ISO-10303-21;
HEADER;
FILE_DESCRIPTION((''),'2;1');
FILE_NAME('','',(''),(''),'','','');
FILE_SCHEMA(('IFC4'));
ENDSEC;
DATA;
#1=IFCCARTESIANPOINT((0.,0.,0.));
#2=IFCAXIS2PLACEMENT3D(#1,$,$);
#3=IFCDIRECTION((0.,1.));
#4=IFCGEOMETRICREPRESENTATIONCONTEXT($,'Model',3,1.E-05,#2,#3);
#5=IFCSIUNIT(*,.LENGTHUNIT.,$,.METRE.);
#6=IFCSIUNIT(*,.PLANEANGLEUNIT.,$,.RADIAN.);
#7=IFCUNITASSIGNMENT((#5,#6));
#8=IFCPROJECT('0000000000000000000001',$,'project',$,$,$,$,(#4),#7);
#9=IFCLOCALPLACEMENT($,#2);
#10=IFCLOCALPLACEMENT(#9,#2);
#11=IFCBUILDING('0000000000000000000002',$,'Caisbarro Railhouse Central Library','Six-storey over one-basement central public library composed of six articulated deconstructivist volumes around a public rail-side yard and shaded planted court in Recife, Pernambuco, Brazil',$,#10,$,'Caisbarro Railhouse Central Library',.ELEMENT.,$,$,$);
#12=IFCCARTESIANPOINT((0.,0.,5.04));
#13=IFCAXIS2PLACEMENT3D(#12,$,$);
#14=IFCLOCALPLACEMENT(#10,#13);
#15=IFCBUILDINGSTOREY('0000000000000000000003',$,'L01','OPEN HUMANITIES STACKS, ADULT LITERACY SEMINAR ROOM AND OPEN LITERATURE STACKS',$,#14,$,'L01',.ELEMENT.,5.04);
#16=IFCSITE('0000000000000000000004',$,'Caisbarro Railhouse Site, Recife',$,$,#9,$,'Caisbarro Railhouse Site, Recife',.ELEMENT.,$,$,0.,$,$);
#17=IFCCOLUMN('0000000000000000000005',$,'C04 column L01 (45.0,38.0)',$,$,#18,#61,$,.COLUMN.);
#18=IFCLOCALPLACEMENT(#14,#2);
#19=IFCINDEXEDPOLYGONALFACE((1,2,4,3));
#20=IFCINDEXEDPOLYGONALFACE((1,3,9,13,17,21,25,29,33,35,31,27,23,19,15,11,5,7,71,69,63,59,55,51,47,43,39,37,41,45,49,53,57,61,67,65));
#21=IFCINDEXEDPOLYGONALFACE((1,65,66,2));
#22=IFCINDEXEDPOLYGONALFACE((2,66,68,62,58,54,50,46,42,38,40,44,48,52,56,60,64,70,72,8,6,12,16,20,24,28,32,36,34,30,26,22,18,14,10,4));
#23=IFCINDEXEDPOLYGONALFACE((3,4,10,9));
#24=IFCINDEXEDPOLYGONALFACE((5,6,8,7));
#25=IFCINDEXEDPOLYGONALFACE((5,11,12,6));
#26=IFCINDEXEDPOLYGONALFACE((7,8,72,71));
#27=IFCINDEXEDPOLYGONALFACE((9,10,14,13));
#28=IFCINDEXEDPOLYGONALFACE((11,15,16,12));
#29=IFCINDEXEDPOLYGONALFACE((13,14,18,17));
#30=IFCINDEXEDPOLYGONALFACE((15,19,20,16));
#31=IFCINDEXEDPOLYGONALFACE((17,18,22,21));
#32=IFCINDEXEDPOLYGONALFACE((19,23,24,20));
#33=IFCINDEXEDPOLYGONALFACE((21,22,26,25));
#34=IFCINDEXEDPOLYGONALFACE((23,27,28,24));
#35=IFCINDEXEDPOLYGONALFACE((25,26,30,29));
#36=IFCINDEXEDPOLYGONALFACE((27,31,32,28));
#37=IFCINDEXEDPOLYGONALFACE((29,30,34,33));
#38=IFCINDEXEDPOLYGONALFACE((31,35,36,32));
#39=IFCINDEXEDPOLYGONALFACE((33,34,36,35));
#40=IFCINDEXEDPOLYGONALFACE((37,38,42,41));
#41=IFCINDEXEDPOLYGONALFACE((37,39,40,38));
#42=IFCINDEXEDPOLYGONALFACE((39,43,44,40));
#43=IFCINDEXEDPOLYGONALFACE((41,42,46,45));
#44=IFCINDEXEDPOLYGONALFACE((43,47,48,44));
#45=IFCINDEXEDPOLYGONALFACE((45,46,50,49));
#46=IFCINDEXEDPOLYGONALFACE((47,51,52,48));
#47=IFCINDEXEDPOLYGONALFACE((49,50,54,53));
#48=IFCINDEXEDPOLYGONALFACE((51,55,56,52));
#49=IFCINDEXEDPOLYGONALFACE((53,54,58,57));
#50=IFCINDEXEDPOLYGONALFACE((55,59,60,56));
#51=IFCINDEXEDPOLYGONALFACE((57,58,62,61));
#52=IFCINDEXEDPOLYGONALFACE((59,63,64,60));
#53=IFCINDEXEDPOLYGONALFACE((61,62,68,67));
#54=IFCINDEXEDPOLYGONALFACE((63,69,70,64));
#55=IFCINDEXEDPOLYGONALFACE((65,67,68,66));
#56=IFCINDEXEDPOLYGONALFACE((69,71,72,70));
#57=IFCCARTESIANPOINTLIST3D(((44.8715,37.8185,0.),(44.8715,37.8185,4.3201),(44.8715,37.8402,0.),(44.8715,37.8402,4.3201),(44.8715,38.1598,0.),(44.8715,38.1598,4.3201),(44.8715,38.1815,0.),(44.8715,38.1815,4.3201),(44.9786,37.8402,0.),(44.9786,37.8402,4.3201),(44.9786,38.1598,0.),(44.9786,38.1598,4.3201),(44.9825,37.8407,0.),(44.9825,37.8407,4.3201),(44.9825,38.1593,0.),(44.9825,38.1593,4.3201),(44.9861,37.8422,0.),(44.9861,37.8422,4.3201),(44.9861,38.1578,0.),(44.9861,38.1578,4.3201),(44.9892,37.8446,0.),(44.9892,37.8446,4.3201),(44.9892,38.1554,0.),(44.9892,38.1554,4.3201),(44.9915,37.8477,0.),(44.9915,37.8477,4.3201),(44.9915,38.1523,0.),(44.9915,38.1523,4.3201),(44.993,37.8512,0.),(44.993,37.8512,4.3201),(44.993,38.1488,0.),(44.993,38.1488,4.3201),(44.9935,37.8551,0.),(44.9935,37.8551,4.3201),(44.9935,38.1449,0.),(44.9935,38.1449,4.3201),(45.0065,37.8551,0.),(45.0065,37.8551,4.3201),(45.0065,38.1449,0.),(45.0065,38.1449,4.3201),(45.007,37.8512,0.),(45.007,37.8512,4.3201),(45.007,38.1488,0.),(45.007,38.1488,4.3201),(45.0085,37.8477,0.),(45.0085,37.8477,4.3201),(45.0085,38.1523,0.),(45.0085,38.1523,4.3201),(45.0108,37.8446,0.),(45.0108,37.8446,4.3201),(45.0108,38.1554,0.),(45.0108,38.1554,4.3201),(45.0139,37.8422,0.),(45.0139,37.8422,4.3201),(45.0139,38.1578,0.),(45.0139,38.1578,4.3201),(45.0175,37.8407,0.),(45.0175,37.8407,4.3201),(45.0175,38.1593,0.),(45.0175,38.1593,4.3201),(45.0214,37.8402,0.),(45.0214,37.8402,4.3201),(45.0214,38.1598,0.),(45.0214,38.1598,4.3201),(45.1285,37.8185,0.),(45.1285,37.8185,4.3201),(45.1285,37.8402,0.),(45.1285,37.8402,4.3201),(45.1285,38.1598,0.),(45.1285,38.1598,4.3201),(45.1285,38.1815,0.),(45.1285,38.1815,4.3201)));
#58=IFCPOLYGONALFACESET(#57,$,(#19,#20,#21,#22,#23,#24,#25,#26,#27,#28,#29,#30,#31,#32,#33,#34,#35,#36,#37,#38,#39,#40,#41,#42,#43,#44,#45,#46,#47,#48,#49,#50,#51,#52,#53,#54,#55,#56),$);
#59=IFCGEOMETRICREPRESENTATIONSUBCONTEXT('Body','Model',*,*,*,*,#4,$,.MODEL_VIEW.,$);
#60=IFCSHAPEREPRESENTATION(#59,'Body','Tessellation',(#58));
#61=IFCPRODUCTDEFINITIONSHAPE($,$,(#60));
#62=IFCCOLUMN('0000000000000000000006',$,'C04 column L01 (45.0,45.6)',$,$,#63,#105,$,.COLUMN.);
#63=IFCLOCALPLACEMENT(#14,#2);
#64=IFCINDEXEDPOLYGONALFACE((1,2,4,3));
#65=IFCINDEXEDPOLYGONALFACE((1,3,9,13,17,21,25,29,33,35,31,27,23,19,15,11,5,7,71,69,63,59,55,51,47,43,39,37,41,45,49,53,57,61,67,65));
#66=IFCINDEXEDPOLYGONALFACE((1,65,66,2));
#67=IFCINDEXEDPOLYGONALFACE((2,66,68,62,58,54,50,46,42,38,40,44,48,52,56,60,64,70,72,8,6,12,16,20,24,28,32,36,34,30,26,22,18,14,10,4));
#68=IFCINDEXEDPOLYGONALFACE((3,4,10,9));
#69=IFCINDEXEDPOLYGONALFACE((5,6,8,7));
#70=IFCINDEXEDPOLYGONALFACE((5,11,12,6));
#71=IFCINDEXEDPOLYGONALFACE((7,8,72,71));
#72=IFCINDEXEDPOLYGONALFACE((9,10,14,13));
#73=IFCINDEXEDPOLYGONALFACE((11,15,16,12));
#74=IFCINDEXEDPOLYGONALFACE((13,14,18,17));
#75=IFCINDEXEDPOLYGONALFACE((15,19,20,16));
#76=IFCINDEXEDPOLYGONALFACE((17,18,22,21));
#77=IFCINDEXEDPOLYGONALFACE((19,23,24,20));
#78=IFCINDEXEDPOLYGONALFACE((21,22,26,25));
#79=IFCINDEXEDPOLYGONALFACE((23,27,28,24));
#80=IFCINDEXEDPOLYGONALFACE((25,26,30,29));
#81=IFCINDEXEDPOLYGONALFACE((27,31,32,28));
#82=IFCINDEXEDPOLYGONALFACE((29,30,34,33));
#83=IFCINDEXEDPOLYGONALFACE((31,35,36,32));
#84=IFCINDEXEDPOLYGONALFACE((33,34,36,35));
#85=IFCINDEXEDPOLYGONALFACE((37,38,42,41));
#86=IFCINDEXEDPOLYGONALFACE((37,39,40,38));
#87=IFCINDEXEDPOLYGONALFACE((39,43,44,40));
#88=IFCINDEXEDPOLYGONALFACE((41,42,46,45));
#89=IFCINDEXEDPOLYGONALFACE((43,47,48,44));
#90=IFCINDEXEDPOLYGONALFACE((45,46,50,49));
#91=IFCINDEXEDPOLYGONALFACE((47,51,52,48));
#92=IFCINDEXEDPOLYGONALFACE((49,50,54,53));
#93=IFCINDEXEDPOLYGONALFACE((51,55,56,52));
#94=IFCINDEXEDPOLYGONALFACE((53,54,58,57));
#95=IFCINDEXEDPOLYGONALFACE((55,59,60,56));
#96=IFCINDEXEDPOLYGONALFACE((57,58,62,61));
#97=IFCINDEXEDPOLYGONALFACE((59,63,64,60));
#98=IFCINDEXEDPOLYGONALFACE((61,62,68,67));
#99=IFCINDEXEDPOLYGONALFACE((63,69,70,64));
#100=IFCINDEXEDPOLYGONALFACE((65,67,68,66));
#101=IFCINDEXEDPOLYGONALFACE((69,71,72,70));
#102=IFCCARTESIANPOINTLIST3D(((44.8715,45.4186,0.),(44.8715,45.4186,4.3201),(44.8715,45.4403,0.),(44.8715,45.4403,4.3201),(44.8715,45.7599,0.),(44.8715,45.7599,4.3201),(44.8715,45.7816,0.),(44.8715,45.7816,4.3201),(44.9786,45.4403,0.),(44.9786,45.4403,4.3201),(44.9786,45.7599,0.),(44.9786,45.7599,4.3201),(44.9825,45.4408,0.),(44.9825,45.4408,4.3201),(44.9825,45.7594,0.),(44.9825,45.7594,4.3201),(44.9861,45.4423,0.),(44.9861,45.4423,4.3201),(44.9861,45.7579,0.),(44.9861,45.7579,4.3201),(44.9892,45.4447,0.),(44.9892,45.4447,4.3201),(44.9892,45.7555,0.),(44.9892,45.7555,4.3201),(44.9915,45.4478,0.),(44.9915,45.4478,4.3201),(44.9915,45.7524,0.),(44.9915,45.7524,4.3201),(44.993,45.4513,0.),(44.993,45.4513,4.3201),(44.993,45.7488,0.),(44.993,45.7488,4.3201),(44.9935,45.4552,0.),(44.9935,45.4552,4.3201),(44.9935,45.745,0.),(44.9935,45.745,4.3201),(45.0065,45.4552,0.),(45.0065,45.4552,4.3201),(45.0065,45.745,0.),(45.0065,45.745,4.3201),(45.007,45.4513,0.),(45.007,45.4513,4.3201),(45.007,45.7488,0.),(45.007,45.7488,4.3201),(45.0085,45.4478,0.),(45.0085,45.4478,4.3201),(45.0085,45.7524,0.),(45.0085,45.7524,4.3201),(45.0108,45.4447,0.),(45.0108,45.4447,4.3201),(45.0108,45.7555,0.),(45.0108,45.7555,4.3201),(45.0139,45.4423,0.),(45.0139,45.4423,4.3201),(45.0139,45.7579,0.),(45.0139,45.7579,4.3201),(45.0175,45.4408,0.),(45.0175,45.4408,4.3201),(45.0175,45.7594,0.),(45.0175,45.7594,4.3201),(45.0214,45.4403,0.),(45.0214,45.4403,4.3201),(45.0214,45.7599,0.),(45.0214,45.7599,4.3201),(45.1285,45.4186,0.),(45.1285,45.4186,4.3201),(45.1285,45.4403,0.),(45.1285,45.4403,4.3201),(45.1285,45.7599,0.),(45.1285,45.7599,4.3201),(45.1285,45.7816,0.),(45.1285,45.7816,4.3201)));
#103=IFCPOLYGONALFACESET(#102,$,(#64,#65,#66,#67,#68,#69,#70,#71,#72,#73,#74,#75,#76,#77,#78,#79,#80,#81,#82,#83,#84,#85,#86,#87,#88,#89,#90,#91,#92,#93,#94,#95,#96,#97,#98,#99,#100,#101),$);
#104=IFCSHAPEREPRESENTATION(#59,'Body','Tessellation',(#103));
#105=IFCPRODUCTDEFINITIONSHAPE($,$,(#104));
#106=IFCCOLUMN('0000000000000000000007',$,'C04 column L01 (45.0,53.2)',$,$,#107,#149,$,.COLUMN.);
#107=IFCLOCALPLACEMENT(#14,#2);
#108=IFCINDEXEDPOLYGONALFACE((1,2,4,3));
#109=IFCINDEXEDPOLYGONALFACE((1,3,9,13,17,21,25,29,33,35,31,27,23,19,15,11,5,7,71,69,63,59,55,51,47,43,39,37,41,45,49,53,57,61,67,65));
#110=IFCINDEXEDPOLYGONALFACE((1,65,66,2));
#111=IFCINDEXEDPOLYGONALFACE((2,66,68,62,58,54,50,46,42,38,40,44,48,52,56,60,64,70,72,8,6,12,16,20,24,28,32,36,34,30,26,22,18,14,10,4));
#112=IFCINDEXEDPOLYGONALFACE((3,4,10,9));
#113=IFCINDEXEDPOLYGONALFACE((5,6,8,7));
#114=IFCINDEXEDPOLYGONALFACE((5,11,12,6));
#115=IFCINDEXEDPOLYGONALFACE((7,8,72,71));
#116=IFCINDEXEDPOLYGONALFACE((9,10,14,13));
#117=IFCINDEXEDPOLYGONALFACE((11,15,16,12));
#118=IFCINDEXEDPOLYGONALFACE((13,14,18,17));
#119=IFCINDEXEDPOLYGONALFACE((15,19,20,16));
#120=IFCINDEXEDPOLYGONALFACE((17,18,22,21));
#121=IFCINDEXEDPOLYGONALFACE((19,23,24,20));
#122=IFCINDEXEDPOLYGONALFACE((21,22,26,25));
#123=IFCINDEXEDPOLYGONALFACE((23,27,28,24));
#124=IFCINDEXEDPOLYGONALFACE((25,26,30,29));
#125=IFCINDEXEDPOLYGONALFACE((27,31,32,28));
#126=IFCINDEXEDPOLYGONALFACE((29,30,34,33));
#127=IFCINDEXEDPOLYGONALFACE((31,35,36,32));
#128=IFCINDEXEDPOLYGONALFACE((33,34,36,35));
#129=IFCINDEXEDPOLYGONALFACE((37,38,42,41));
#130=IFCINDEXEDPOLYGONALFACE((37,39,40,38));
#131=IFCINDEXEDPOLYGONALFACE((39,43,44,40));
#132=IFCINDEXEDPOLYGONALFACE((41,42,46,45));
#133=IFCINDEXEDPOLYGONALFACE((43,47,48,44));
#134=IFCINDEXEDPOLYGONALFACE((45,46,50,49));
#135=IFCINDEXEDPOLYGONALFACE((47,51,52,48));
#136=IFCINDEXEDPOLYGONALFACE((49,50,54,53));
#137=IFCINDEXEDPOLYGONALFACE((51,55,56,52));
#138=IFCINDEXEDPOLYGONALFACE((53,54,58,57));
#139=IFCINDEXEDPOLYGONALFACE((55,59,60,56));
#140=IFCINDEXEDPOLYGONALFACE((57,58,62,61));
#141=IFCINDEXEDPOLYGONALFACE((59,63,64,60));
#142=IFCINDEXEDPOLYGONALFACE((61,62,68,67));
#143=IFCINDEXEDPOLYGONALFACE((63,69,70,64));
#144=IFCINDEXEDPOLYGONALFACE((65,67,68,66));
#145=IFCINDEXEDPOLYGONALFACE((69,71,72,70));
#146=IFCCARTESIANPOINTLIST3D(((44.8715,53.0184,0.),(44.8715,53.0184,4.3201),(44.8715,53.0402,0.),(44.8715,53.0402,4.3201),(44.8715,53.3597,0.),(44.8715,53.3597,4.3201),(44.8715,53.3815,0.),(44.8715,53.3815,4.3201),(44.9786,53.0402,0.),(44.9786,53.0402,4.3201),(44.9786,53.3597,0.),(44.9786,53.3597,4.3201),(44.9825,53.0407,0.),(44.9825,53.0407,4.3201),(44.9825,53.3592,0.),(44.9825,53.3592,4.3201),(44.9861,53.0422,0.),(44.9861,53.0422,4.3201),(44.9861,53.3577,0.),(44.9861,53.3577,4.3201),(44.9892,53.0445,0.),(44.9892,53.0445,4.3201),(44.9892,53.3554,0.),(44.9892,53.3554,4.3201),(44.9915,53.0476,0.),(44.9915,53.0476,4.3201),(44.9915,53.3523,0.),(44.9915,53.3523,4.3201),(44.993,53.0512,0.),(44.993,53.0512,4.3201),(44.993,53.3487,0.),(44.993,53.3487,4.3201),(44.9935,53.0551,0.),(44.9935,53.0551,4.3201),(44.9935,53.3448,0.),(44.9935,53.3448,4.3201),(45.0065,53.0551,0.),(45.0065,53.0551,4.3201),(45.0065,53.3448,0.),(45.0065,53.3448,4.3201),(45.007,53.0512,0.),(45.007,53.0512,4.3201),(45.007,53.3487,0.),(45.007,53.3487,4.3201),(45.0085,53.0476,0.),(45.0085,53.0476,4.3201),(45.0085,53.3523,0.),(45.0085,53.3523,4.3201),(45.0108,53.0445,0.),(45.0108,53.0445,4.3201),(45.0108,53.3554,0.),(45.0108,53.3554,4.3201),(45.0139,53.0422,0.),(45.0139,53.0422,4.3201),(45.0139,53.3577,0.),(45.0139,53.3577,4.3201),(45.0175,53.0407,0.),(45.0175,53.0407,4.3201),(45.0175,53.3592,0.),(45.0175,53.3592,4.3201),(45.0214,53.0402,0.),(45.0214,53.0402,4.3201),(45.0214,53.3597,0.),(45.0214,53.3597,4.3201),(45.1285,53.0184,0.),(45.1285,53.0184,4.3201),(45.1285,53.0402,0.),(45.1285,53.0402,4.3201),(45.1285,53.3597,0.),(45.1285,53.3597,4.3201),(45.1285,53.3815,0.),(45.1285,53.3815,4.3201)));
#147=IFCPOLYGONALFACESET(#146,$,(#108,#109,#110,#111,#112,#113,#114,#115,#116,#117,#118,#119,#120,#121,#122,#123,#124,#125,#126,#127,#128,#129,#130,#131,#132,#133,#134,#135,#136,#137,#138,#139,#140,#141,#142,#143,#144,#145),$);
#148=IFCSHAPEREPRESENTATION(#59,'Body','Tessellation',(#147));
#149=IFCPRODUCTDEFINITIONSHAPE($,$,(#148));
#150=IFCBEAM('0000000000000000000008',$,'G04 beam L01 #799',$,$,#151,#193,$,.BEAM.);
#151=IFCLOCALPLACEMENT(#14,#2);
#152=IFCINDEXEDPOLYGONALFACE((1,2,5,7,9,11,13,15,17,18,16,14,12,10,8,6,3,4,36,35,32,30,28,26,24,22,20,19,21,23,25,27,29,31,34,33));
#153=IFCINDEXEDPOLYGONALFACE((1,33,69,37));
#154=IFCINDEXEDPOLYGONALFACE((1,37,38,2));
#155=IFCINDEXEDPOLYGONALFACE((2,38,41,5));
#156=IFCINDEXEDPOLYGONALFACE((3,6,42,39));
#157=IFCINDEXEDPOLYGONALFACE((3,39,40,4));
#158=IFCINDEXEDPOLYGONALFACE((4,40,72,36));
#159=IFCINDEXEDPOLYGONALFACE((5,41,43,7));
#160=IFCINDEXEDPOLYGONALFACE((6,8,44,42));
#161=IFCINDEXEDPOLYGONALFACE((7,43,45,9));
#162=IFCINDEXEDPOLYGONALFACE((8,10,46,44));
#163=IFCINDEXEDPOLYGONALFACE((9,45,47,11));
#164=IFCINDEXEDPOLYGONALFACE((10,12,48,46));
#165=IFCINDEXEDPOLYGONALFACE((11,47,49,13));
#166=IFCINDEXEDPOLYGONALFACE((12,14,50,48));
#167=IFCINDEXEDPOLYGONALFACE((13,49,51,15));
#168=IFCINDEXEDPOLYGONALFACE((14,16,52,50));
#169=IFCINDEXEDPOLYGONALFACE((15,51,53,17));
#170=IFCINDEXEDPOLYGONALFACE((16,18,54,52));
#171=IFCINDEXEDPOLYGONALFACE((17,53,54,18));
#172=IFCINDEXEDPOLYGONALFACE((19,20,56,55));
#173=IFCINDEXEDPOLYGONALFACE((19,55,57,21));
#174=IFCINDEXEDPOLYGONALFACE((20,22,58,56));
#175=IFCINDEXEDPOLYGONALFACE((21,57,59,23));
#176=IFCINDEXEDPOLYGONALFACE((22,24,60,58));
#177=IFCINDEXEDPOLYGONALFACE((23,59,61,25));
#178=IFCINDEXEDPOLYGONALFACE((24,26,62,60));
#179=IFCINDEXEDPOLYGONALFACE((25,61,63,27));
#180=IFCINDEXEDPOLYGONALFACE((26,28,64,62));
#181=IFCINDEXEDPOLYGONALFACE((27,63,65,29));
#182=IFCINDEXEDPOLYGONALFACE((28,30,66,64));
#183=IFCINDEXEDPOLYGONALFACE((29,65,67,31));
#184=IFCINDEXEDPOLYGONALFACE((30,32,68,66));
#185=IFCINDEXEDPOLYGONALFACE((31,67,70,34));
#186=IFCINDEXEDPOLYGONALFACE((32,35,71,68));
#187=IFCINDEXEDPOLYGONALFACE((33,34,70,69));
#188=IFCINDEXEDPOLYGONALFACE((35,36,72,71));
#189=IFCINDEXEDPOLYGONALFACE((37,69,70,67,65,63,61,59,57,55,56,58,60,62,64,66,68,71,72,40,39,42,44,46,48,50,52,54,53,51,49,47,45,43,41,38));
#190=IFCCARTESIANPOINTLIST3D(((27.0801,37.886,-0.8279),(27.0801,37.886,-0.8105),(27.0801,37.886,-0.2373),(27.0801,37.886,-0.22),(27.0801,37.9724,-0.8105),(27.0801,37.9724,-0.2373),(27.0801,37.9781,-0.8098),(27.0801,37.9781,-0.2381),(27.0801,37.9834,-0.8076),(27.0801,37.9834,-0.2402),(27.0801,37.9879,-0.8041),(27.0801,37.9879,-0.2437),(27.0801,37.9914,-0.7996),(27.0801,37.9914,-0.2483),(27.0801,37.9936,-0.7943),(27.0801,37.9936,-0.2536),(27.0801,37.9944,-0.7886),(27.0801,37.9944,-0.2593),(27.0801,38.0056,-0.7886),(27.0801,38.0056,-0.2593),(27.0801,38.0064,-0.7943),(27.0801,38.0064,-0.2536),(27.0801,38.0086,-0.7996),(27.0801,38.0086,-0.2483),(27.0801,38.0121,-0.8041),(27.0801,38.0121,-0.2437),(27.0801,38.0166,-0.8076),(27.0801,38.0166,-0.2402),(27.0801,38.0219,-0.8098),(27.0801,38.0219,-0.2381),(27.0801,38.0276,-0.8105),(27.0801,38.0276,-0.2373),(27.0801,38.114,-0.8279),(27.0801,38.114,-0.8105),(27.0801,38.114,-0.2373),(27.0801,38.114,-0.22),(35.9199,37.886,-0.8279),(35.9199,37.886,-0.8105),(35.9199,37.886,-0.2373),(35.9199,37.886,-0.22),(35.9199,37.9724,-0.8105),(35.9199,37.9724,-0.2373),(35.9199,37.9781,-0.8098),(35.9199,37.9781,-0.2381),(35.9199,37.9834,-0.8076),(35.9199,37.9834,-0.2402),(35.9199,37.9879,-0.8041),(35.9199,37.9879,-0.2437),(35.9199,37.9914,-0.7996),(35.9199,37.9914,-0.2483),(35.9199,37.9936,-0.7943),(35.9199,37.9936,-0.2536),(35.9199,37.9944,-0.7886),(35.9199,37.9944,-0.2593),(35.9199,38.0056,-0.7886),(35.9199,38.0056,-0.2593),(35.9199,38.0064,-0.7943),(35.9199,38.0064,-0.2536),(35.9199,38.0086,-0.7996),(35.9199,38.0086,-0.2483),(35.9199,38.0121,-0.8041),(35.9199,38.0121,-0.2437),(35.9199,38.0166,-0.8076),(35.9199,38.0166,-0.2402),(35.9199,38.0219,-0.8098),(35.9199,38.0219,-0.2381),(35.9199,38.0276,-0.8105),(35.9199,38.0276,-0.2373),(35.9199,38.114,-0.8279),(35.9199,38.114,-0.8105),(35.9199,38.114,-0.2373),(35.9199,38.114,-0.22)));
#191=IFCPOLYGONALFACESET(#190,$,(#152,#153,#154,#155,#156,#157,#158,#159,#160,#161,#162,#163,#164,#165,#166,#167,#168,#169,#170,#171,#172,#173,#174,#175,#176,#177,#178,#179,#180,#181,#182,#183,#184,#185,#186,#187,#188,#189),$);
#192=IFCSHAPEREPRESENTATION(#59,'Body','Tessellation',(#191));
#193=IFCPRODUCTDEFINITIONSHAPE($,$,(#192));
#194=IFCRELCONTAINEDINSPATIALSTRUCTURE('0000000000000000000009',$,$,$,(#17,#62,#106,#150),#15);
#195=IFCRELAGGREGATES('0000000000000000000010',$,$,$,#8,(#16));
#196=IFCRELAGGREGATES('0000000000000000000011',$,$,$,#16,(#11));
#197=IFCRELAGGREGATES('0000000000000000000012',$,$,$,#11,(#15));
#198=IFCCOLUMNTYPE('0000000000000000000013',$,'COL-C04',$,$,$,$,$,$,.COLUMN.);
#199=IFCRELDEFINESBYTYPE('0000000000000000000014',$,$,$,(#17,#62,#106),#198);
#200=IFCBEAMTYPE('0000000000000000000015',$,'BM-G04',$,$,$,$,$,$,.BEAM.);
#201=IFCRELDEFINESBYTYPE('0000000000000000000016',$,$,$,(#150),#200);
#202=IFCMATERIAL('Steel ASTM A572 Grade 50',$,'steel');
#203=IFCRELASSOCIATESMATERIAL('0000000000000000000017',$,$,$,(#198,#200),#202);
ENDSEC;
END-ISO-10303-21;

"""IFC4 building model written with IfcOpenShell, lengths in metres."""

from ifc_helpers import new_model, si_unit, direction, frame, origin, origin_2d, place, context, subcontext, project, spatial, i_section, extrude, material, material_profile, profile_set, type_object, element, save


model = new_model("IFC4")

# Units and contexts
model_context = context("Model", 3, precision=1e-05, world=origin(), true_north=direction((0.0, 1.0)))
body_context = subcontext(model_context, "Body", "Model", "MODEL_VIEW")
ifc_project = project(units=[si_unit("LENGTHUNIT", "METRE"), si_unit("PLANEANGLEUNIT", "RADIAN")], contexts=[model_context])

# Site, building, storey
site_placement = place(None, origin())
site = spatial("IfcSite", under=ifc_project, at=site_placement, Name="Caisbarro Railhouse Site, Recife", LongName="Caisbarro Railhouse Site, Recife", CompositionType="ELEMENT", RefElevation=0.0)
building_placement = place(site_placement, origin())
building = spatial("IfcBuilding", under=site, at=building_placement, Name="Caisbarro Railhouse Central Library", Description="Six-storey over one-basement central public library composed of six articulated deconstructivist volumes around a public rail-side yard and shaded planted court in Recife, Pernambuco, Brazil", LongName="Caisbarro Railhouse Central Library", CompositionType="ELEMENT")
storey_placement = place(building_placement, frame((0.0, 0.0, 5.04)))
storey = spatial("IfcBuildingStorey", under=building, at=storey_placement, Name="L01", Description="OPEN HUMANITIES STACKS, ADULT LITERACY SEMINAR ROOM AND OPEN LITERATURE STACKS", LongName="L01", CompositionType="ELEMENT", Elevation=5.04)

# Columns
ifc_material = material(Name="Steel ASTM A572 Grade 50", Category="steel")
ifc_material_profile_1 = material_profile(ifc_material, i_section(OverallWidth=0.2571, OverallDepth=0.363, WebThickness=0.0129, FlangeThickness=0.0217, FilletRadius=0.0149, at=origin_2d()), Name="W360X122.0")
ifc_profile_set_1 = profile_set([ifc_material_profile_1], Name="Steel ASTM A572 Grade 50")
column_type = type_object("IfcColumnType", Name="COL-C04", PredefinedType="COLUMN", material=ifc_profile_set_1)
for number, where, z_axis, x_axis, name in (
    (1, (45.0, 38.0, 0.0), (0.0, 0.0, 1.0), (1.0, 0.0, 0.0), "C04 column L01 (45.0,38.0)"),
    (2, (45.0, 45.6001, 0.0), (0.0, 0.0, 1.0), (1.0, 0.0, 0.0), "C04 column L01 (45.0,45.6)"),
    (3, (45.0, 53.2, 0.0), (0.0, 0.0, 1.0), (1.0, 0.0, 0.0), "C04 column L01 (45.0,53.2)"),
):
    element("IfcColumn", number, at=place(storey_placement, frame(where, z_axis=z_axis, x_axis=x_axis)), inside=storey, type_object=column_type, Name=name, PredefinedType="COLUMN", context=body_context, shape_type="SweptSolid", body=[
        extrude(i_section(OverallWidth=0.2571, OverallDepth=0.363, WebThickness=0.0129, FlangeThickness=0.0217, FilletRadius=0.0149, at=origin_2d()), origin(), (0.0, 0.0, 1.0), 4.3201),
    ])

# Beam
ifc_material_profile_2 = material_profile(ifc_material, i_section(OverallWidth=0.228, OverallDepth=0.6079, WebThickness=0.0112, FlangeThickness=0.0173, FilletRadius=0.022, at=origin_2d()), Name="W610X113.0")
ifc_profile_set_2 = profile_set([ifc_material_profile_2], Name="Steel ASTM A572 Grade 50")
beam_type_1 = type_object("IfcBeamType", Name="BM-G04", PredefinedType="BEAM", material=ifc_profile_set_2)
for number, where, z_axis, x_axis, name in (
    (4, (27.0801, 38.0, -0.5239), (1.0, 0.0, 0.0), (0.0, 1.0, 0.0), "G04 beam L01 #799"),
):
    element("IfcBeam", number, at=place(storey_placement, frame(where, z_axis=z_axis, x_axis=x_axis)), inside=storey, type_object=beam_type_1, Name=name, PredefinedType="BEAM", context=body_context, shape_type="SweptSolid", body=[
        extrude(i_section(OverallWidth=0.228, OverallDepth=0.6079, WebThickness=0.0112, FlangeThickness=0.0173, FilletRadius=0.022, at=origin_2d()), origin(), (0.0, 0.0, 1.0), 8.8398),
    ])

save(model, "model.ifc")
